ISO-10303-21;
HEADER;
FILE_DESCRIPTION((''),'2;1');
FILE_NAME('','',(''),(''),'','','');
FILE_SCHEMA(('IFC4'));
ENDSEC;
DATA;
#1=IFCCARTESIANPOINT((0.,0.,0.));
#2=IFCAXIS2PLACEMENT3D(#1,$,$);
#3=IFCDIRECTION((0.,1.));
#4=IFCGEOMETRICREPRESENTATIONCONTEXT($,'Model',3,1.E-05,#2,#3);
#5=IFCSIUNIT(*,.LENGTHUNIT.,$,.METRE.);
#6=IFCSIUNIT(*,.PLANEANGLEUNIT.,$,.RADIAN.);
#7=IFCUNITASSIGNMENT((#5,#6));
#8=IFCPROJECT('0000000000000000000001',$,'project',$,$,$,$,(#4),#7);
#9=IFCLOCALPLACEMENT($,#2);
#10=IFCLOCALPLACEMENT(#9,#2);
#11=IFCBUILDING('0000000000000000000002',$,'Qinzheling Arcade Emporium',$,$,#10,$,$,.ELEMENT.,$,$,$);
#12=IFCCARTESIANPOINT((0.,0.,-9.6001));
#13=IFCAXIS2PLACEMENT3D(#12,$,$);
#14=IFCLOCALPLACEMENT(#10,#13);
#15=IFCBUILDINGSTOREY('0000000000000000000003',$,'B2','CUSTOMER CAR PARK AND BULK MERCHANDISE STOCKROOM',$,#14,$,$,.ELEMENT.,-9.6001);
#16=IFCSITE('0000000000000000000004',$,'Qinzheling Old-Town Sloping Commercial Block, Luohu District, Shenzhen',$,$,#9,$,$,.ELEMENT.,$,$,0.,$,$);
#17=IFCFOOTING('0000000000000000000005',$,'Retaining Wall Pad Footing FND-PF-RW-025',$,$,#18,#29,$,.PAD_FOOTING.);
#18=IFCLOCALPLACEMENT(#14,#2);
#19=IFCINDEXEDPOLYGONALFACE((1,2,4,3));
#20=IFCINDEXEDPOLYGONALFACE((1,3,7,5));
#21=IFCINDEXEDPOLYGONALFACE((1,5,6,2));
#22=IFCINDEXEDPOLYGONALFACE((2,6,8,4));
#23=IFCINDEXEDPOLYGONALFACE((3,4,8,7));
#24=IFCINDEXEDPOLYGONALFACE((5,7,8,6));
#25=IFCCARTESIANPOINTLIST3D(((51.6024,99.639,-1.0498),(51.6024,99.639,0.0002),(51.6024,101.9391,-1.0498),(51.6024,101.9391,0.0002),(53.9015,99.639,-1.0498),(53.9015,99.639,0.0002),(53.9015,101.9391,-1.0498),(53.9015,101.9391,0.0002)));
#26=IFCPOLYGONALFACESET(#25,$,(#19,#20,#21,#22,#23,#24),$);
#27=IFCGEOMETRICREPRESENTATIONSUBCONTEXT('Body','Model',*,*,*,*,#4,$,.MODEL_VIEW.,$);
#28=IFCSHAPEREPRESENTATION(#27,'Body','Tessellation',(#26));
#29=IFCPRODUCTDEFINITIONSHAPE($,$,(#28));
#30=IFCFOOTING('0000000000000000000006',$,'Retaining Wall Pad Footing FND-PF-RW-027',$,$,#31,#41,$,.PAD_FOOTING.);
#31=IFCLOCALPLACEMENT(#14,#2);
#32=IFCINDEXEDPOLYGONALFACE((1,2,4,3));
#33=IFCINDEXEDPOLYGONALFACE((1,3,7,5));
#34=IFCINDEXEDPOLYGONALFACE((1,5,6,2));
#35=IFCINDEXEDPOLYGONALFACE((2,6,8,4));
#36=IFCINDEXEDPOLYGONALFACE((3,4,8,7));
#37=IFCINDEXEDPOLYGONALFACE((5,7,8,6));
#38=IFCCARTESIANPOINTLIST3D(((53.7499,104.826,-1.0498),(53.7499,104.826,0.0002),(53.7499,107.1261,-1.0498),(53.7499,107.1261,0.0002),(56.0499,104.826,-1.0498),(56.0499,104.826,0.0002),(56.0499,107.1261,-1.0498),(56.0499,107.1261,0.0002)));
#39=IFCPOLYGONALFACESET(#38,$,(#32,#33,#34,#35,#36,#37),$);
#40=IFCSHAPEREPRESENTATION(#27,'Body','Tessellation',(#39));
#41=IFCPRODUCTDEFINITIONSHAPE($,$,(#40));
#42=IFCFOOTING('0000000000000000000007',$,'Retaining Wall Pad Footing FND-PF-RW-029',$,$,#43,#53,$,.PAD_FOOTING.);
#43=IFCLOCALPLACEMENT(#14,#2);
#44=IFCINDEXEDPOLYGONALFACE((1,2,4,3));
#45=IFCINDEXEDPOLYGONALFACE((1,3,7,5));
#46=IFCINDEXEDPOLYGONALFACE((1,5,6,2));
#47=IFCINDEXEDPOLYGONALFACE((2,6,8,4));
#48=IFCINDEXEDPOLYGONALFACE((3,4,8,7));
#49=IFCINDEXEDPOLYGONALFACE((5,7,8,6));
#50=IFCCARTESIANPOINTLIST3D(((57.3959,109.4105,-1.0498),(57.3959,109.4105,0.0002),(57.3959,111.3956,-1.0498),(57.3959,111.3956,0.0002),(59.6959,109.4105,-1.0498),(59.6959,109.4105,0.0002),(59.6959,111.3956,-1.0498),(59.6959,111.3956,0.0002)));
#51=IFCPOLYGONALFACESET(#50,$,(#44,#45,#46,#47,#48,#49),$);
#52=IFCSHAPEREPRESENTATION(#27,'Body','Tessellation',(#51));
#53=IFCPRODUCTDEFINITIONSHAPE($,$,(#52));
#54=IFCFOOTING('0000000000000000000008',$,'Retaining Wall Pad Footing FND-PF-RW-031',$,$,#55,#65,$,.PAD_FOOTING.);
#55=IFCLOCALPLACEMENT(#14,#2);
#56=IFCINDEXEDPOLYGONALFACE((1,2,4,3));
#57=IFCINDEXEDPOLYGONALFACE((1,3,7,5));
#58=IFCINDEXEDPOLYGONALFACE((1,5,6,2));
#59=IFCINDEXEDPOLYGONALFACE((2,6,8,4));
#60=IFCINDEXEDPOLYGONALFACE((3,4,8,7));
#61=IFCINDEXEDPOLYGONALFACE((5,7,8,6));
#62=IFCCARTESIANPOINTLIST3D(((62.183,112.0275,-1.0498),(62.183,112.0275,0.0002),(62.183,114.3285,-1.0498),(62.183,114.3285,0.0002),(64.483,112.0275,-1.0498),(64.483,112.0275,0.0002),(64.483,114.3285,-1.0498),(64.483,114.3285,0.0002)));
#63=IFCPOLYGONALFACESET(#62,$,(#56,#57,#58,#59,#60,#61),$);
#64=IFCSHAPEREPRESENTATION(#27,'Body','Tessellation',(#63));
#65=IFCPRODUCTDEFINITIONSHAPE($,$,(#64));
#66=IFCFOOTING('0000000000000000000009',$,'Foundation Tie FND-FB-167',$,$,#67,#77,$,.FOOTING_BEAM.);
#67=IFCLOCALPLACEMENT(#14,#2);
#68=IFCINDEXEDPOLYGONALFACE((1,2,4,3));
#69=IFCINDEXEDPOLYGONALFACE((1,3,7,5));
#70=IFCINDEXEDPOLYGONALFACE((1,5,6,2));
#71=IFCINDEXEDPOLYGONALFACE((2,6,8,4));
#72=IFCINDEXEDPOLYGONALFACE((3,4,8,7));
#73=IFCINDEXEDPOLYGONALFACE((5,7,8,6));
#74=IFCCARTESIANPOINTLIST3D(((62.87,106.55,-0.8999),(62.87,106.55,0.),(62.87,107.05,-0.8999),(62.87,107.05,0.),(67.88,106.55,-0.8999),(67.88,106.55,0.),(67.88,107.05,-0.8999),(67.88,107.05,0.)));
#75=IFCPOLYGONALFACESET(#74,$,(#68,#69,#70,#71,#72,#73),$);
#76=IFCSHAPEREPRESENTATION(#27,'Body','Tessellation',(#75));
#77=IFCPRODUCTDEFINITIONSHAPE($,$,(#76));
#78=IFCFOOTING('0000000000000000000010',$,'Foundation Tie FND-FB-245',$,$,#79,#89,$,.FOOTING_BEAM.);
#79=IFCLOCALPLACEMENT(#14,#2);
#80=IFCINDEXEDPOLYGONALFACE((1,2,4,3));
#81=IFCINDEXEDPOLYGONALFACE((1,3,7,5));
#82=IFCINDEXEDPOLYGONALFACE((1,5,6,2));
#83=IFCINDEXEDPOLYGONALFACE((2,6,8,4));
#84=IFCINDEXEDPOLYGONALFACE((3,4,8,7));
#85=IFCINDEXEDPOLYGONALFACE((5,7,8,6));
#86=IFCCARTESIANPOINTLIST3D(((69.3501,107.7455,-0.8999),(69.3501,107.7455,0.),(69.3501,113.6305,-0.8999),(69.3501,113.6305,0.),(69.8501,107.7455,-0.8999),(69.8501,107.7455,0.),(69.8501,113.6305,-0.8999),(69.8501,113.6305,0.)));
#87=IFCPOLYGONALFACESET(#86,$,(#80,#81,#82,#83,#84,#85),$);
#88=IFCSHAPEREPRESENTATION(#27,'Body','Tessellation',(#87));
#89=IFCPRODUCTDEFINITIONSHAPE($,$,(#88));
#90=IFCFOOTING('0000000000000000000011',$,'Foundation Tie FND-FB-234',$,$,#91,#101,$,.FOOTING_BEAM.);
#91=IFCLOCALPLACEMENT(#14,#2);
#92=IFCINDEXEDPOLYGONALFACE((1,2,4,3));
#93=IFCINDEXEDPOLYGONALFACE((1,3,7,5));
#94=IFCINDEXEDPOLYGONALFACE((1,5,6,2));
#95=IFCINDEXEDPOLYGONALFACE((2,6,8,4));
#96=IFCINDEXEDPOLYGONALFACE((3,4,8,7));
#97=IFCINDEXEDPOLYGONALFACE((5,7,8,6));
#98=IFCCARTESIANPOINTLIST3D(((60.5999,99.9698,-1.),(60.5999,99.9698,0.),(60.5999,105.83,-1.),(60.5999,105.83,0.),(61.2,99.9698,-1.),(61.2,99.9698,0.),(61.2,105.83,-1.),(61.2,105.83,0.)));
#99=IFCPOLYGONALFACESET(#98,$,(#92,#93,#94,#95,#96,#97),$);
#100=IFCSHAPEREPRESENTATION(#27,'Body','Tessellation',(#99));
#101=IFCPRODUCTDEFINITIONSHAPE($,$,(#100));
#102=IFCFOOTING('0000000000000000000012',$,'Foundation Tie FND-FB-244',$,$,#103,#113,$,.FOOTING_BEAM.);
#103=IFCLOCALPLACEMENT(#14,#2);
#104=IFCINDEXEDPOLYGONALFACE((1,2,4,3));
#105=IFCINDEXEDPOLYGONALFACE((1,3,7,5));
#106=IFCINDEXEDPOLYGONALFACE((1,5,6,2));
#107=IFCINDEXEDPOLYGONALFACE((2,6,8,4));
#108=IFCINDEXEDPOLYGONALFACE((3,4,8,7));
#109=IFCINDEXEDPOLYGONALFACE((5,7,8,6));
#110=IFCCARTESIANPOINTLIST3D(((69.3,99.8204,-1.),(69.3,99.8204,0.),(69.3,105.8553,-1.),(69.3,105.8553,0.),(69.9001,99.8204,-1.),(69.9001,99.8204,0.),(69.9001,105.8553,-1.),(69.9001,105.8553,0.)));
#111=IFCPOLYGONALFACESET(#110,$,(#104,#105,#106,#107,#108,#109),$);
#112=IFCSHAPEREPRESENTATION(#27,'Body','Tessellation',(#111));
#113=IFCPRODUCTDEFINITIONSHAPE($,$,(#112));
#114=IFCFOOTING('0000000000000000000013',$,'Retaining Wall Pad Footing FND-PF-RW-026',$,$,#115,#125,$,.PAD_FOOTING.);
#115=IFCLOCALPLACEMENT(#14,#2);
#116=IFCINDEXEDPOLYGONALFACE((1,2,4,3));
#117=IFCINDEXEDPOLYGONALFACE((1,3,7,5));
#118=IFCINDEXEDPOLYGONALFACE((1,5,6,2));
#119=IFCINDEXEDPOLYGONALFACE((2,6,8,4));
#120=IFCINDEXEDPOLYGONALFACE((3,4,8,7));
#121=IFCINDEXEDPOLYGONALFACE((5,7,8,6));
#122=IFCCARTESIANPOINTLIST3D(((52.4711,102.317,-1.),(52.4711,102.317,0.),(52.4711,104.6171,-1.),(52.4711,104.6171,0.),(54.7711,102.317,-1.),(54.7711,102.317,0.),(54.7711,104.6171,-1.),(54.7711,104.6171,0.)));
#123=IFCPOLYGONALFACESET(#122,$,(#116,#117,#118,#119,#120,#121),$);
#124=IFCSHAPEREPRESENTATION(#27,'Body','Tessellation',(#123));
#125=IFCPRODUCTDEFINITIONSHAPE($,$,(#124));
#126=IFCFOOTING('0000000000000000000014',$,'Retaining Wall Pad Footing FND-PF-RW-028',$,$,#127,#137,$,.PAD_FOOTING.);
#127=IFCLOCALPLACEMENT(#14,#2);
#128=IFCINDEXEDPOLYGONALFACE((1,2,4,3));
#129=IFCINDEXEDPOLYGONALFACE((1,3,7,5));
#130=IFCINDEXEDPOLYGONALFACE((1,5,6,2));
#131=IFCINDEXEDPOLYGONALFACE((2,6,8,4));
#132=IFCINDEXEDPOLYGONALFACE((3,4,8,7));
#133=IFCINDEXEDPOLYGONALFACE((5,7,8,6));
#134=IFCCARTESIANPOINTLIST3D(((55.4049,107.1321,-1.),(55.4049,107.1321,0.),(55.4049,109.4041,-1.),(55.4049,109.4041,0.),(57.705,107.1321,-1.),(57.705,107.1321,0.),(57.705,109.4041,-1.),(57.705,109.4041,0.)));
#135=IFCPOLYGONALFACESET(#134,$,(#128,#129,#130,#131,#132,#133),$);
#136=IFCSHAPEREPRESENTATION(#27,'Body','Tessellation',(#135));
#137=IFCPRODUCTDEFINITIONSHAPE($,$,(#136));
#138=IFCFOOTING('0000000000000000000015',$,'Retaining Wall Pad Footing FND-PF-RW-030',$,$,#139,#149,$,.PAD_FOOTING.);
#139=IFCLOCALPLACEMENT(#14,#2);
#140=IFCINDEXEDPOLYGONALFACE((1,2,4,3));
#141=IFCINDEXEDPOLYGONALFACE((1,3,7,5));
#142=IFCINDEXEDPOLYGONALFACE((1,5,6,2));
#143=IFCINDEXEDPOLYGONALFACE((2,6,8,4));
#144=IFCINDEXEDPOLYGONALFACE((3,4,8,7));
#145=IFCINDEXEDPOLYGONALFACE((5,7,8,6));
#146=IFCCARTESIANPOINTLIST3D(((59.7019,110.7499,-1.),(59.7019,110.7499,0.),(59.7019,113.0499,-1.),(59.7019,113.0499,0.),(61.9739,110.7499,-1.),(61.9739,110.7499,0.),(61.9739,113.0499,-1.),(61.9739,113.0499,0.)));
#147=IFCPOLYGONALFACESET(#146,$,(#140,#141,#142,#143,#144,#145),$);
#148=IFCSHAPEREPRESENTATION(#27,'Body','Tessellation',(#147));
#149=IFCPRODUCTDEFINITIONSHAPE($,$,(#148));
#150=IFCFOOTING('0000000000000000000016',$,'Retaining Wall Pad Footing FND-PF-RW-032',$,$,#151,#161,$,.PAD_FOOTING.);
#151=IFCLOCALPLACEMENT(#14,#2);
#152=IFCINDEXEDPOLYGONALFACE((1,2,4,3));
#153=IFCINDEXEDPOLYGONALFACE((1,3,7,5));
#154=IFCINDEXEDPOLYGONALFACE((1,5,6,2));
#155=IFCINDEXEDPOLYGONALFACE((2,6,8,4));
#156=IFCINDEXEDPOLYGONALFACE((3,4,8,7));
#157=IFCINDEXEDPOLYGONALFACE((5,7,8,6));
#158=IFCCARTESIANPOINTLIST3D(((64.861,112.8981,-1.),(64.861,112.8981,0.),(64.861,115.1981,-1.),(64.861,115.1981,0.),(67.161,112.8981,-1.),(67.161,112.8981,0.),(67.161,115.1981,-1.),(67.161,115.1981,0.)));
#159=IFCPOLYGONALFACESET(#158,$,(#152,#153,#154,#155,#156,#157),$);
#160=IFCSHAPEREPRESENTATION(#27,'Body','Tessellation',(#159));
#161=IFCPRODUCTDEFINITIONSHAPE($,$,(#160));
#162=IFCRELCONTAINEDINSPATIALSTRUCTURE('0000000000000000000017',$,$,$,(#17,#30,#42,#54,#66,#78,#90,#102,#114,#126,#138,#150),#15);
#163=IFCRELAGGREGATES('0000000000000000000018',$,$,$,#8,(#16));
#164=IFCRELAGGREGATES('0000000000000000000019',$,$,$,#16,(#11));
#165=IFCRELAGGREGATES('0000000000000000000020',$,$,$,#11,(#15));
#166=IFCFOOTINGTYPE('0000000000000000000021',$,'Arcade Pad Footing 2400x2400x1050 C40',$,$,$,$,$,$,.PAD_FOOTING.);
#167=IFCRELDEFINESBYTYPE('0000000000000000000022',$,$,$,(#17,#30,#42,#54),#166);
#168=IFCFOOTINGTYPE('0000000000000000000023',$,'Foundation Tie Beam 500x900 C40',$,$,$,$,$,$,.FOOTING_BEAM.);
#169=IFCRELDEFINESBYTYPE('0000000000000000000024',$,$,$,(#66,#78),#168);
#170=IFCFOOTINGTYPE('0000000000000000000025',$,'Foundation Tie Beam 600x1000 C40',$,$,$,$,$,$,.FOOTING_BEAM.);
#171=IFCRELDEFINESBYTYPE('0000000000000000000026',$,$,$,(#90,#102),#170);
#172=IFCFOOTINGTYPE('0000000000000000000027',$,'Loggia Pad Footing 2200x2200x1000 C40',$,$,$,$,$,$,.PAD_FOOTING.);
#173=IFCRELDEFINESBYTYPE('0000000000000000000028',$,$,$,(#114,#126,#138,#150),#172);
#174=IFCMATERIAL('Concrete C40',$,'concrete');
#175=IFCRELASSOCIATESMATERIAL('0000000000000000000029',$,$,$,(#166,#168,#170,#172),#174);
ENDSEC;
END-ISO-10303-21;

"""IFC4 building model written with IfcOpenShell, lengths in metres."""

from ifc_helpers import new_model, si_unit, direction, frame, origin, origin_2d, place, context, subcontext, project, spatial, rectangle, extrude, material, type_object, element, save


model = new_model("IFC4")

# Units and contexts
model_context = context("Model", 3, precision=1e-05, world=origin(), true_north=direction((0.0, 1.0)))
body_context = subcontext(model_context, "Body", "Model", "MODEL_VIEW")
ifc_project = project(units=[si_unit("LENGTHUNIT", "METRE"), si_unit("PLANEANGLEUNIT", "RADIAN")], contexts=[model_context])

# Site, building, storey
site_placement = place(None, origin())
site = spatial("IfcSite", under=ifc_project, at=site_placement, Name="Qinzheling Old-Town Sloping Commercial Block, Luohu District, Shenzhen", CompositionType="ELEMENT", RefElevation=0.0)
building_placement = place(site_placement, origin())
building = spatial("IfcBuilding", under=site, at=building_placement, Name="Qinzheling Arcade Emporium", CompositionType="ELEMENT")
storey_placement = place(building_placement, frame((0.0, 0.0, -9.6001)))
storey = spatial("IfcBuildingStorey", under=building, at=storey_placement, Name="B2", Description="CUSTOMER CAR PARK AND BULK MERCHANDISE STOCKROOM", CompositionType="ELEMENT", Elevation=-9.6001)

# Footings
ifc_material_1 = material(Name="Concrete C40", Category="concrete")
footing_type_1 = type_object("IfcFootingType", Name="Arcade Pad Footing 2400x2400x1050 C40", PredefinedType="PAD_FOOTING", material=ifc_material_1)
footing_1_placement = place(storey_placement, frame((52.752, 100.7891, -1.0498), z_axis=(0.0, 0.0, 1.0), x_axis=(1.0, 0.0, 0.0)))
element("IfcFooting", 1, at=footing_1_placement, inside=storey, type_object=footing_type_1, Name="Retaining Wall Pad Footing FND-PF-RW-025", PredefinedType="PAD_FOOTING", context=body_context, shape_type="SweptSolid", body=[
    extrude(rectangle(XDim=2.2991, YDim=2.3, at=origin_2d()), origin(), (0.0, 0.0, 1.0), 1.05),
])
footing_2_placement = place(storey_placement, frame((54.8999, 105.9761, -1.0498), z_axis=(0.0, 0.0, 1.0), x_axis=(1.0, 0.0, 0.0)))
element("IfcFooting", 2, at=footing_2_placement, inside=storey, type_object=footing_type_1, Name="Retaining Wall Pad Footing FND-PF-RW-027", PredefinedType="PAD_FOOTING", context=body_context, shape_type="SweptSolid", body=[
    extrude(rectangle(XDim=2.3, YDim=2.3, at=origin_2d()), origin(), (0.0, 0.0, 1.0), 1.05),
])
footing_3_placement = place(storey_placement, frame((58.5459, 110.4031, -1.0498), z_axis=(0.0, 0.0, 1.0), x_axis=(1.0, 0.0, 0.0)))
element("IfcFooting", 3, at=footing_3_placement, inside=storey, type_object=footing_type_1, Name="Retaining Wall Pad Footing FND-PF-RW-029", PredefinedType="PAD_FOOTING", context=body_context, shape_type="SweptSolid", body=[
    extrude(rectangle(XDim=2.3, YDim=1.9851, at=origin_2d()), origin(), (0.0, 0.0, 1.0), 1.05),
])
footing_4_placement = place(storey_placement, frame((63.333, 113.178, -1.0498), z_axis=(0.0, 0.0, 1.0), x_axis=(1.0, 0.0, 0.0)))
element("IfcFooting", 4, at=footing_4_placement, inside=storey, type_object=footing_type_1, Name="Retaining Wall Pad Footing FND-PF-RW-031", PredefinedType="PAD_FOOTING", context=body_context, shape_type="SweptSolid", body=[
    extrude(rectangle(XDim=2.3, YDim=2.301, at=origin_2d()), origin(), (0.0, 0.0, 1.0), 1.05),
])
footing_type_2 = type_object("IfcFootingType", Name="Foundation Tie Beam 500x900 C40", PredefinedType="FOOTING_BEAM", material=ifc_material_1)
footing_5_placement = place(storey_placement, frame((65.375, 106.8, -0.8999), z_axis=(0.0, 0.0, 1.0), x_axis=(1.0, 0.0, 0.0)))
element("IfcFooting", 5, at=footing_5_placement, inside=storey, type_object=footing_type_2, Name="Foundation Tie FND-FB-167", PredefinedType="FOOTING_BEAM", context=body_context, shape_type="SweptSolid", body=[
    extrude(rectangle(XDim=5.01, YDim=0.5, at=origin_2d()), origin(), (0.0, 0.0, 1.0), 0.8999),
])
footing_6_placement = place(storey_placement, frame((69.6001, 110.688, -0.8999), z_axis=(0.0, 0.0, 1.0), x_axis=(1.0, 0.0, 0.0)))
element("IfcFooting", 6, at=footing_6_placement, inside=storey, type_object=footing_type_2, Name="Foundation Tie FND-FB-245", PredefinedType="FOOTING_BEAM", context=body_context, shape_type="SweptSolid", body=[
    extrude(rectangle(XDim=0.5, YDim=5.885, at=origin_2d()), origin(), (0.0, 0.0, 1.0), 0.8999),
])
footing_type_3 = type_object("IfcFootingType", Name="Foundation Tie Beam 600x1000 C40", PredefinedType="FOOTING_BEAM", material=ifc_material_1)
footing_7_placement = place(storey_placement, frame((60.8999, 102.8999, -1.0), z_axis=(0.0, 0.0, 1.0), x_axis=(1.0, 0.0, 0.0)))
element("IfcFooting", 7, at=footing_7_placement, inside=storey, type_object=footing_type_3, Name="Foundation Tie FND-FB-234", PredefinedType="FOOTING_BEAM", context=body_context, shape_type="SweptSolid", body=[
    extrude(rectangle(XDim=0.6001, YDim=5.8601, at=origin_2d()), origin(), (0.0, 0.0, 1.0), 1.0),
])
footing_8_placement = place(storey_placement, frame((69.6001, 102.8379, -1.0), z_axis=(0.0, 0.0, 1.0), x_axis=(1.0, 0.0, 0.0)))
element("IfcFooting", 8, at=footing_8_placement, inside=storey, type_object=footing_type_3, Name="Foundation Tie FND-FB-244", PredefinedType="FOOTING_BEAM", context=body_context, shape_type="SweptSolid", body=[
    extrude(rectangle(XDim=0.6001, YDim=6.0349, at=origin_2d()), origin(), (0.0, 0.0, 1.0), 1.0),
])
footing_type_4 = type_object("IfcFootingType", Name="Loggia Pad Footing 2200x2200x1000 C40", PredefinedType="PAD_FOOTING", material=ifc_material_1)
footing_9_placement = place(storey_placement, frame((53.6211, 103.467, -1.0), z_axis=(0.0, 0.0, 1.0), x_axis=(1.0, 0.0, 0.0)))
element("IfcFooting", 9, at=footing_9_placement, inside=storey, type_object=footing_type_4, Name="Retaining Wall Pad Footing FND-PF-RW-026", PredefinedType="PAD_FOOTING", context=body_context, shape_type="SweptSolid", body=[
    extrude(rectangle(XDim=2.3, YDim=2.3, at=origin_2d()), origin(), (0.0, 0.0, 1.0), 1.0),
])
footing_10_placement = place(storey_placement, frame((56.5549, 108.2681, -1.0), z_axis=(0.0, 0.0, 1.0), x_axis=(1.0, 0.0, 0.0)))
element("IfcFooting", 10, at=footing_10_placement, inside=storey, type_object=footing_type_4, Name="Retaining Wall Pad Footing FND-PF-RW-028", PredefinedType="PAD_FOOTING", context=body_context, shape_type="SweptSolid", body=[
    extrude(rectangle(XDim=2.3, YDim=2.272, at=origin_2d()), origin(), (0.0, 0.0, 1.0), 1.0),
])
footing_11_placement = place(storey_placement, frame((60.8379, 111.8999, -1.0), z_axis=(0.0, 0.0, 1.0), x_axis=(1.0, 0.0, 0.0)))
element("IfcFooting", 11, at=footing_11_placement, inside=storey, type_object=footing_type_4, Name="Retaining Wall Pad Footing FND-PF-RW-030", PredefinedType="PAD_FOOTING", context=body_context, shape_type="SweptSolid", body=[
    extrude(rectangle(XDim=2.272, YDim=2.3, at=origin_2d()), origin(), (0.0, 0.0, 1.0), 1.0),
])
footing_12_placement = place(storey_placement, frame((66.011, 114.0481, -1.0), z_axis=(0.0, 0.0, 1.0), x_axis=(1.0, 0.0, 0.0)))
element("IfcFooting", 12, at=footing_12_placement, inside=storey, type_object=footing_type_4, Name="Retaining Wall Pad Footing FND-PF-RW-032", PredefinedType="PAD_FOOTING", context=body_context, shape_type="SweptSolid", body=[
    extrude(rectangle(XDim=2.3, YDim=2.3, at=origin_2d()), origin(), (0.0, 0.0, 1.0), 1.0),
])

save(model, "model.ifc")
